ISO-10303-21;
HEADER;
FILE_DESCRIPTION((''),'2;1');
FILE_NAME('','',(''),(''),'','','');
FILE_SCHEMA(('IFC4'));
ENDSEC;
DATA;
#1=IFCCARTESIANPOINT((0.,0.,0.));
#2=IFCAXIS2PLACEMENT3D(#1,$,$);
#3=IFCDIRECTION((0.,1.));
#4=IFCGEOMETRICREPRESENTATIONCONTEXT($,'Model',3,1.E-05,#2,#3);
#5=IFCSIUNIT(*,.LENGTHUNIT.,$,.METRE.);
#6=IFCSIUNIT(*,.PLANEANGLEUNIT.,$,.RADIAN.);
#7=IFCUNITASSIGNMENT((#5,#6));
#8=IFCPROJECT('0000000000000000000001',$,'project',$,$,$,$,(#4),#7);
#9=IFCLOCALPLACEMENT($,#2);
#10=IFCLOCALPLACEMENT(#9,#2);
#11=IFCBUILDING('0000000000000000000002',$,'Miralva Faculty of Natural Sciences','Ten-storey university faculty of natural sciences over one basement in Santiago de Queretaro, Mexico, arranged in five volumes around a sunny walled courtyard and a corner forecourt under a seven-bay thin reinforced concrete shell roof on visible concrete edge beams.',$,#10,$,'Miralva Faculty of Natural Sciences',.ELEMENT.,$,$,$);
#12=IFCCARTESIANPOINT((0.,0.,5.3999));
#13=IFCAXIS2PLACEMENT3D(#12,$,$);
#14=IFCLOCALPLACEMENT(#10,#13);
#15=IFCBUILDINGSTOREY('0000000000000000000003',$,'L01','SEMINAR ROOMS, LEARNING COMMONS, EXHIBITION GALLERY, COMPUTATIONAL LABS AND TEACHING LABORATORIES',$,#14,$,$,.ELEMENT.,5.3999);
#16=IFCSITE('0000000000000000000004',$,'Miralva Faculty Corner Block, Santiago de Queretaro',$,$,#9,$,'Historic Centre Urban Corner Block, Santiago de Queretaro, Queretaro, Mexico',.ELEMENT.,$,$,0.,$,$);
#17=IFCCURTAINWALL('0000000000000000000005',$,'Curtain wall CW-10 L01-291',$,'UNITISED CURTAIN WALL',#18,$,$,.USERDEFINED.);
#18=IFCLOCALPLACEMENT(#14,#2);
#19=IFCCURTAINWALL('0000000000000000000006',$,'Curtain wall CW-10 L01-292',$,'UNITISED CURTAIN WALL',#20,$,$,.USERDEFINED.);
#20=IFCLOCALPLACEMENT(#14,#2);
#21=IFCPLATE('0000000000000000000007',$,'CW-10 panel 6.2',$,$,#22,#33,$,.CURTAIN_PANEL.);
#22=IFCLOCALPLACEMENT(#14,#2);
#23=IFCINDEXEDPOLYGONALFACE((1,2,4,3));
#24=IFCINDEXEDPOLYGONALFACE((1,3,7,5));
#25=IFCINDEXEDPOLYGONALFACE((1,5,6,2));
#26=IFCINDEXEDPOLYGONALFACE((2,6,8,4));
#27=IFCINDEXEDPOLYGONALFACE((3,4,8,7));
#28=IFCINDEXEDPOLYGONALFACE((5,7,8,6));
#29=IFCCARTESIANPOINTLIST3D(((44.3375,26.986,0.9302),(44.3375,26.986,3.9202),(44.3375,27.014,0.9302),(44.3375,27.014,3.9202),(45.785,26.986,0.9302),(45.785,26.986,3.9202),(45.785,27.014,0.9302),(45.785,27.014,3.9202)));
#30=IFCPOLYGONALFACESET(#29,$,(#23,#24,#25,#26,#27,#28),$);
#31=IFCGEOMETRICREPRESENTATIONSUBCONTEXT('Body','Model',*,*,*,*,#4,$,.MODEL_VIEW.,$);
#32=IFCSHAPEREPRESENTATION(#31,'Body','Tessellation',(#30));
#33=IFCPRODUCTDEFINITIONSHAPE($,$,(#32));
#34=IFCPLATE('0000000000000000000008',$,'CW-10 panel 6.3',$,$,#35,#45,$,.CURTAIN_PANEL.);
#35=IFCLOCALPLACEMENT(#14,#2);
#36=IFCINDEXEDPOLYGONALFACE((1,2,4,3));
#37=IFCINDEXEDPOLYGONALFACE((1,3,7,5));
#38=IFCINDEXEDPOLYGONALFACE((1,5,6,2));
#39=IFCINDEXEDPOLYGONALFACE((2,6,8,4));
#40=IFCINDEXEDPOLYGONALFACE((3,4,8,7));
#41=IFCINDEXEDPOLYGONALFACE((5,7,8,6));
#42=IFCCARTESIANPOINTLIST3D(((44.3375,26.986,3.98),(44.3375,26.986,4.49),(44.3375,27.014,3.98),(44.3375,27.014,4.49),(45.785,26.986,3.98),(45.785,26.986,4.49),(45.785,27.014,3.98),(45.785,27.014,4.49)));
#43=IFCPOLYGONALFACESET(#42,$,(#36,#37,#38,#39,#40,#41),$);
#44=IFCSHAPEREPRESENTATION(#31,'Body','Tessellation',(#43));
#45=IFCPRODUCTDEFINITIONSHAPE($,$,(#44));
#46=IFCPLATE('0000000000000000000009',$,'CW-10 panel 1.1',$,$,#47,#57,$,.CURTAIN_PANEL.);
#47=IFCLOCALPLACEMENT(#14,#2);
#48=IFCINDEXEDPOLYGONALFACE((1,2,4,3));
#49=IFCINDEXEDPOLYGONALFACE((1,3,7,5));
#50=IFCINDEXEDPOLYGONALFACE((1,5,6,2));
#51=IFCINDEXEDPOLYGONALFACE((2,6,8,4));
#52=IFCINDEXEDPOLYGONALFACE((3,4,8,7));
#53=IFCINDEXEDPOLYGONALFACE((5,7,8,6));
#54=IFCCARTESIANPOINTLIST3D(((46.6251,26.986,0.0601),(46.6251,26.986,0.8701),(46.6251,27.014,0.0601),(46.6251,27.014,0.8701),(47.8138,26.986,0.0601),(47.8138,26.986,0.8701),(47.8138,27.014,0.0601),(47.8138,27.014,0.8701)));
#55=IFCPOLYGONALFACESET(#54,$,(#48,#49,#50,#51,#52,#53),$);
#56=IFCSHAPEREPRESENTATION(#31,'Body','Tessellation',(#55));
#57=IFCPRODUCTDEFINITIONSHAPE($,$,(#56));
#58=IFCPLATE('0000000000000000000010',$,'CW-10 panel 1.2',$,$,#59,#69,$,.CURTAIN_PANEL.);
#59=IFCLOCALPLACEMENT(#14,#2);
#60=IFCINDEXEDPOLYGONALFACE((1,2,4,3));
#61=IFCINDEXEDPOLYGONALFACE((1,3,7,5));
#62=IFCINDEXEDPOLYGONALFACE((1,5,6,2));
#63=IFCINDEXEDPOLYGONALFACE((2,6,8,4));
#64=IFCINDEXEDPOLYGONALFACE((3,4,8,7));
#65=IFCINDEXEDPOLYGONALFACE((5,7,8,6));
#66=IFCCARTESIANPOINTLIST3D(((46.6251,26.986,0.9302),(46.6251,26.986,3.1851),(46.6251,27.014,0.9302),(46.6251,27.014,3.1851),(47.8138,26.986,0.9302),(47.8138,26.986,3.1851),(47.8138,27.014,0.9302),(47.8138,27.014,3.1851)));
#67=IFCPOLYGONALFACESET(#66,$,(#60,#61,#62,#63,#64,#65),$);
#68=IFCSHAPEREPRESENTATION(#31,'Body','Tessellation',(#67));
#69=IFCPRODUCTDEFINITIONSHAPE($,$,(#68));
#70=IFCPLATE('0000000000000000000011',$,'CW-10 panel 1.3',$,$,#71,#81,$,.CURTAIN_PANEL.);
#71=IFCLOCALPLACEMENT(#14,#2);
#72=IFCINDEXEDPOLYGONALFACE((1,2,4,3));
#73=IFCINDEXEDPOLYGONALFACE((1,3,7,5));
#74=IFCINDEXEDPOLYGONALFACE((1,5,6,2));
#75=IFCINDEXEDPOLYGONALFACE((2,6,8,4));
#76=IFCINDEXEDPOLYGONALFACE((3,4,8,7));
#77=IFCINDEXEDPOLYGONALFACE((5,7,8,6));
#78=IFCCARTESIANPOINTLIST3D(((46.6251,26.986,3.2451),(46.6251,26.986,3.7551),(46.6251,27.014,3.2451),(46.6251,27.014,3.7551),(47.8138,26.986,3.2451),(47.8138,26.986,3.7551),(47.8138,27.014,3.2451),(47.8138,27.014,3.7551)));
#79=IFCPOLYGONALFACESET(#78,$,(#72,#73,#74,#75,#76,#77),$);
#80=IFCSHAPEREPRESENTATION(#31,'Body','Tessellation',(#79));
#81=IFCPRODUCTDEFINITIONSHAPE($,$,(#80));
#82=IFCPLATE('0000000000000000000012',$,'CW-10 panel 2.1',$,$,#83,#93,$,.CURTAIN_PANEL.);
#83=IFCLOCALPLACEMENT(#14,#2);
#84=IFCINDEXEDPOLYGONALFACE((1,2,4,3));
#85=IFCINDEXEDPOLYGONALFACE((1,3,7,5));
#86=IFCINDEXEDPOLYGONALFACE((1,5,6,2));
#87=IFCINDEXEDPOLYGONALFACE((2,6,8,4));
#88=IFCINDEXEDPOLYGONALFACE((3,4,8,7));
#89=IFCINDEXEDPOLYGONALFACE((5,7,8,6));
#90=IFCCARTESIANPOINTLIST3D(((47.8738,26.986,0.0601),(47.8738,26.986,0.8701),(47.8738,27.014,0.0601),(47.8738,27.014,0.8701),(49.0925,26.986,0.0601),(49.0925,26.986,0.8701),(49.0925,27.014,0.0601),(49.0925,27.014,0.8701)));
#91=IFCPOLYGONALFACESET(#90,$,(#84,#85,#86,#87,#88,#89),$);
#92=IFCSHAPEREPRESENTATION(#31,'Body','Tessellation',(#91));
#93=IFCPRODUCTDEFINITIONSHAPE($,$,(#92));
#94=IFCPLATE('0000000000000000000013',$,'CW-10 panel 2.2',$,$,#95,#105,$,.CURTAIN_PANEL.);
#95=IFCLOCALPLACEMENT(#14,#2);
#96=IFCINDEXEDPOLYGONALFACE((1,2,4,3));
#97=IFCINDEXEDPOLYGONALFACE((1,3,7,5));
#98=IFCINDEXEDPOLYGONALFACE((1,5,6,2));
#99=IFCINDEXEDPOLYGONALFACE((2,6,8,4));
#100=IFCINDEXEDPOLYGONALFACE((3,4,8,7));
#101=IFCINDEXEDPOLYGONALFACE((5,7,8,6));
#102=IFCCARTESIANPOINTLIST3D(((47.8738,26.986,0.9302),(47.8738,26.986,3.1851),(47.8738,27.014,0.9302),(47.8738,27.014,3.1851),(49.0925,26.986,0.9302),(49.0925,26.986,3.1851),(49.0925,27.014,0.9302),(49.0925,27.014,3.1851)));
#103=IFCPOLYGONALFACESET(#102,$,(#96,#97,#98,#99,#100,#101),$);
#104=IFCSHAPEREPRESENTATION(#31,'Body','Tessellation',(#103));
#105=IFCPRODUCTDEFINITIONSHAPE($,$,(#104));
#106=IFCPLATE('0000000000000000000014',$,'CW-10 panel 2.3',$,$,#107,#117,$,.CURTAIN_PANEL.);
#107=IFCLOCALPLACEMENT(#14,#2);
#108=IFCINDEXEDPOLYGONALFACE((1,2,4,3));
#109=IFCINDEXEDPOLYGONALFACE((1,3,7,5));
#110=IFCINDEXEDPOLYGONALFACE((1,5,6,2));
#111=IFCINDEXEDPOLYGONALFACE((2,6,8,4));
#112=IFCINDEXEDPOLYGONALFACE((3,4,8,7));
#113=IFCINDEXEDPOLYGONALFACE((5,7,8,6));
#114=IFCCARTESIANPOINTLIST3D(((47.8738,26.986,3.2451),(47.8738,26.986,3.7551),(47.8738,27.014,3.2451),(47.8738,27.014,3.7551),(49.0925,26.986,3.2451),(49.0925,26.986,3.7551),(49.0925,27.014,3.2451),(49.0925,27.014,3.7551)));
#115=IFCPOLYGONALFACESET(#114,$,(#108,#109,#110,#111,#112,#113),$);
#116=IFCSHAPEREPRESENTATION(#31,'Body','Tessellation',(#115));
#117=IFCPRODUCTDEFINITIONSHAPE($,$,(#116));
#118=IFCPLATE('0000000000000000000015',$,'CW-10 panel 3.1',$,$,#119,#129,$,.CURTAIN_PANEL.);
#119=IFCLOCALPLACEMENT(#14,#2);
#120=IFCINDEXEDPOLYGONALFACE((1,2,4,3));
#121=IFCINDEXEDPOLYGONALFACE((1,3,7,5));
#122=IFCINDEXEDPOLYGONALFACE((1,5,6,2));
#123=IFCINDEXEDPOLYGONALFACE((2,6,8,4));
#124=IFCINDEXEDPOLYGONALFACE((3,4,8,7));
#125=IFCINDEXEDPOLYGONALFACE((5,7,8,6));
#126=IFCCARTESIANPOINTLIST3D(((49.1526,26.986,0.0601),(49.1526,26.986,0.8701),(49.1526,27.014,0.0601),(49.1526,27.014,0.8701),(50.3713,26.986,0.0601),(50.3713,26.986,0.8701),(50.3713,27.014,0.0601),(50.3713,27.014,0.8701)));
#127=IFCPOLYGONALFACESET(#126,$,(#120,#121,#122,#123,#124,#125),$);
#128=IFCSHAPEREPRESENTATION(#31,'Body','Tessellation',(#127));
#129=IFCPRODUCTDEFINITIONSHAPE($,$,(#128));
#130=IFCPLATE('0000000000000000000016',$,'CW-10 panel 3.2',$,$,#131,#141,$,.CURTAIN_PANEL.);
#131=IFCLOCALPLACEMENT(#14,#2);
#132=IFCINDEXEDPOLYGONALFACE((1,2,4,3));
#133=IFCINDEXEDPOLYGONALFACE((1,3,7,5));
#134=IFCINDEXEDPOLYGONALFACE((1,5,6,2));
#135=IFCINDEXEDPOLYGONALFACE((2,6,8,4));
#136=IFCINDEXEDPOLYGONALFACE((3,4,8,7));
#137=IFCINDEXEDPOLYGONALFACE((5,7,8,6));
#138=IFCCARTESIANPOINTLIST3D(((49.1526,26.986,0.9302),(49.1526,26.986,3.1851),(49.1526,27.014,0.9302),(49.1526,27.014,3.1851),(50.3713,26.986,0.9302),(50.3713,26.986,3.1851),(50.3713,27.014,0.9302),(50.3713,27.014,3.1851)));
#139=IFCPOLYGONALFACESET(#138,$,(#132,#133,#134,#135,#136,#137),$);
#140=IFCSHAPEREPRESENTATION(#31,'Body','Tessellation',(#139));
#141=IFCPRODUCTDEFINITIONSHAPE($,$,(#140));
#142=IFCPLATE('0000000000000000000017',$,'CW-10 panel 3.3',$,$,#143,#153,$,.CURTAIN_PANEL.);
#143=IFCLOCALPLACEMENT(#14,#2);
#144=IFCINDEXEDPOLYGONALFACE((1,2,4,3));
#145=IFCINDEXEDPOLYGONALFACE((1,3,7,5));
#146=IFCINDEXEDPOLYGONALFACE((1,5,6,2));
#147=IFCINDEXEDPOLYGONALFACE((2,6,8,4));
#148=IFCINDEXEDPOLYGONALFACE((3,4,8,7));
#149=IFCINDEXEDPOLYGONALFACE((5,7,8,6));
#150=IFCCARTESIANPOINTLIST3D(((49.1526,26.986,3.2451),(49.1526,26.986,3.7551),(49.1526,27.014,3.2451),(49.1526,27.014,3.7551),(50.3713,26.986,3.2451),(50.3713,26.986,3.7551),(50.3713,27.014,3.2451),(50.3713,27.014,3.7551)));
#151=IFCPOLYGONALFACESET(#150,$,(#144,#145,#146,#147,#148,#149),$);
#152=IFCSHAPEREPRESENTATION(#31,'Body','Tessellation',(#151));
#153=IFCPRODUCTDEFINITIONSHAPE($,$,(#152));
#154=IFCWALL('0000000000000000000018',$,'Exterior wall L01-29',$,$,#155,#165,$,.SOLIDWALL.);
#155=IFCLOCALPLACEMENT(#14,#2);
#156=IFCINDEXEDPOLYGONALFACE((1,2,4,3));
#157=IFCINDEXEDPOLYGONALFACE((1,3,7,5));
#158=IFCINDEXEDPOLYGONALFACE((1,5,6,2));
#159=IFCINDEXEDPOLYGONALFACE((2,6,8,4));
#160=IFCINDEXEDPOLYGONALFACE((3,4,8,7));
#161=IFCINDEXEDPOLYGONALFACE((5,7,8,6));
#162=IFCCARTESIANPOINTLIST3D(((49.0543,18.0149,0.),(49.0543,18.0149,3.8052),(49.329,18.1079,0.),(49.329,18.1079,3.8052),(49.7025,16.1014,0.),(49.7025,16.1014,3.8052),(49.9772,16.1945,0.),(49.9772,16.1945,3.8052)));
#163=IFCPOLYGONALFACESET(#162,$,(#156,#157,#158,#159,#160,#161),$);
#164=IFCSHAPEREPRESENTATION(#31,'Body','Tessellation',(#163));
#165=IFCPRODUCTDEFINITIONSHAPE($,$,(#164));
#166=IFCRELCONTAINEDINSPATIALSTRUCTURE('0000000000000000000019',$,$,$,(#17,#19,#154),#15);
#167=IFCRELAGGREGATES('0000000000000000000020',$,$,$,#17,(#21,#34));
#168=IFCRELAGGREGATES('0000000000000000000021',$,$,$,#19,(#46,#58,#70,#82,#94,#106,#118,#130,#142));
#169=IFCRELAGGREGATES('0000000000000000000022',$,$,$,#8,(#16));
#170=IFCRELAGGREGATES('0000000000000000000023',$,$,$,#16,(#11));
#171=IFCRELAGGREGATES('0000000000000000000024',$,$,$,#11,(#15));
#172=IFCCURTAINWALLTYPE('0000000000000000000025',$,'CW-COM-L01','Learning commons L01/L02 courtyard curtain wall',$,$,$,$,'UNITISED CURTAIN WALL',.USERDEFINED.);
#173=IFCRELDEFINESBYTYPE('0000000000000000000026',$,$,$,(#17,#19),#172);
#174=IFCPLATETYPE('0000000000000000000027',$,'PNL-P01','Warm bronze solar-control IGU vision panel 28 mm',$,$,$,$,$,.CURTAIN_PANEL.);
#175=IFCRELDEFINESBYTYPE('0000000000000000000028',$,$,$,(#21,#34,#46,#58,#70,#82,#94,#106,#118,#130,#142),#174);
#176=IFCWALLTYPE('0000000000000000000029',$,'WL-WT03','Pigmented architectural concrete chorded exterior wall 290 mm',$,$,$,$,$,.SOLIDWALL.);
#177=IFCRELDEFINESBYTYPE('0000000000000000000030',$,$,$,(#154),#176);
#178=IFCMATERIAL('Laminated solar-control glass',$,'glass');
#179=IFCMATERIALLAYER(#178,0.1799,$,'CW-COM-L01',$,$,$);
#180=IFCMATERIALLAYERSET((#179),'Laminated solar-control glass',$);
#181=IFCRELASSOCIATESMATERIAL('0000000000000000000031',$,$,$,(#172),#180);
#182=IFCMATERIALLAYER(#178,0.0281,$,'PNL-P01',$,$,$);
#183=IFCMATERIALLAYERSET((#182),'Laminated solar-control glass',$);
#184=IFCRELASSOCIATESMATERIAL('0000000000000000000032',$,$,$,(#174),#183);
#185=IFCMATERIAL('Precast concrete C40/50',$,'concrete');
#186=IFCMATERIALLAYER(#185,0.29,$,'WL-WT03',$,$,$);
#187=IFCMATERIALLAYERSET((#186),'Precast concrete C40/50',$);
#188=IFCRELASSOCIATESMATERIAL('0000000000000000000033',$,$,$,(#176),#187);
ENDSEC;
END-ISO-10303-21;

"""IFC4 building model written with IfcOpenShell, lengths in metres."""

from ifc_helpers import new_model, si_unit, direction, frame, frame_2d, origin, origin_2d, place, context, subcontext, project, spatial, rectangle, extrude, material, layer, layer_set, type_object, element, aggregate, save


model = new_model("IFC4")

# Units and contexts
model_context = context("Model", 3, precision=1e-05, world=origin(), true_north=direction((0.0, 1.0)))
body_context = subcontext(model_context, "Body", "Model", "MODEL_VIEW")
ifc_project = project(units=[si_unit("LENGTHUNIT", "METRE"), si_unit("PLANEANGLEUNIT", "RADIAN")], contexts=[model_context])

# Site, building, storey
site_placement = place(None, origin())
site = spatial("IfcSite", under=ifc_project, at=site_placement, Name="Miralva Faculty Corner Block, Santiago de Queretaro", LongName="Historic Centre Urban Corner Block, Santiago de Queretaro, Queretaro, Mexico", CompositionType="ELEMENT", RefElevation=0.0)
building_placement = place(site_placement, origin())
building = spatial("IfcBuilding", under=site, at=building_placement, Name="Miralva Faculty of Natural Sciences", Description="Ten-storey university faculty of natural sciences over one basement in Santiago de Queretaro, Mexico, arranged in five volumes around a sunny walled courtyard and a corner forecourt under a seven-bay thin reinforced concrete shell roof on visible concrete edge beams.", LongName="Miralva Faculty of Natural Sciences", CompositionType="ELEMENT")
storey_placement = place(building_placement, frame((0.0, 0.0, 5.3999)))
storey = spatial("IfcBuildingStorey", under=building, at=storey_placement, Name="L01", Description="SEMINAR ROOMS, LEARNING COMMONS, EXHIBITION GALLERY, COMPUTATIONAL LABS AND TEACHING LABORATORIES", CompositionType="ELEMENT", Elevation=5.3999)

# Curtain wall
ifc_material_1 = material(Name="Laminated solar-control glass", Category="glass")
ifc_layer_1 = layer(ifc_material_1, 0.1799, Name="CW-COM-L01")
ifc_layer_set_1 = layer_set([ifc_layer_1], Name="Laminated solar-control glass")
curtain_wall_type = type_object("IfcCurtainWallType", Name="CW-COM-L01", Description="Learning commons L01/L02 courtyard curtain wall", ElementType="UNITISED CURTAIN WALL", PredefinedType="USERDEFINED", material=ifc_layer_set_1)
curtain_wall_1_placement = place(storey_placement, origin())
curtain_wall_1 = element("IfcCurtainWall", 1, at=curtain_wall_1_placement, inside=storey, type_object=curtain_wall_type, Name="Curtain wall CW-10 L01-291", ObjectType="UNITISED CURTAIN WALL", PredefinedType="USERDEFINED")

# Curtain wall
curtain_wall_2_placement = place(storey_placement, origin())
curtain_wall_2 = element("IfcCurtainWall", 2, at=curtain_wall_2_placement, inside=storey, type_object=curtain_wall_type, Name="Curtain wall CW-10 L01-292", ObjectType="UNITISED CURTAIN WALL", PredefinedType="USERDEFINED")

# Plates
ifc_layer_2 = layer(ifc_material_1, 0.0281, Name="PNL-P01")
ifc_layer_set_2 = layer_set([ifc_layer_2], Name="Laminated solar-control glass")
plate_type = type_object("IfcPlateType", Name="PNL-P01", Description="Warm bronze solar-control IGU vision panel 28 mm", PredefinedType="CURTAIN_PANEL", material=ifc_layer_set_2)
plate_1_placement = place(storey_placement, frame((45.0613, 27.0, 0.9302), z_axis=(0.0, 0.0, 1.0), x_axis=(1.0, 0.0, 0.0)))
plate_1 = element("IfcPlate", 3, at=plate_1_placement, type_object=plate_type, Name="CW-10 panel 6.2", PredefinedType="CURTAIN_PANEL", context=body_context, shape_type="SweptSolid", body=[
    extrude(rectangle(XDim=1.4475, YDim=0.0281, at=origin_2d()), origin(), (0.0, 0.0, 1.0), 2.99),
])
plate_2_placement = place(storey_placement, frame((45.0613, 27.0, 3.98), z_axis=(0.0, 0.0, 1.0), x_axis=(1.0, 0.0, 0.0)))
plate_2 = element("IfcPlate", 4, at=plate_2_placement, type_object=plate_type, Name="CW-10 panel 6.3", PredefinedType="CURTAIN_PANEL", context=body_context, shape_type="SweptSolid", body=[
    extrude(rectangle(XDim=1.4475, YDim=0.0281, at=origin_2d()), origin(), (0.0, 0.0, 1.0), 0.51),
])
aggregate(curtain_wall_1, [plate_1, plate_2])
plate_3_placement = place(storey_placement, frame((47.2195, 27.0, 0.0601), z_axis=(0.0, 0.0, 1.0), x_axis=(1.0, 0.0, 0.0)))
plate_3 = element("IfcPlate", 5, at=plate_3_placement, type_object=plate_type, Name="CW-10 panel 1.1", PredefinedType="CURTAIN_PANEL", context=body_context, shape_type="SweptSolid", body=[
    extrude(rectangle(XDim=1.1887, YDim=0.0281, at=origin_2d()), origin(), (0.0, 0.0, 1.0), 0.8101),
])
plate_4_placement = place(storey_placement, frame((47.2195, 27.0, 0.9302), z_axis=(0.0, 0.0, 1.0), x_axis=(1.0, 0.0, 0.0)))
plate_4 = element("IfcPlate", 6, at=plate_4_placement, type_object=plate_type, Name="CW-10 panel 1.2", PredefinedType="CURTAIN_PANEL", context=body_context, shape_type="SweptSolid", body=[
    extrude(rectangle(XDim=1.1887, YDim=0.0281, at=origin_2d()), origin(), (0.0, 0.0, 1.0), 2.2549),
])
plate_5_placement = place(storey_placement, frame((47.2195, 27.0, 3.2451), z_axis=(0.0, 0.0, 1.0), x_axis=(1.0, 0.0, 0.0)))
plate_5 = element("IfcPlate", 7, at=plate_5_placement, type_object=plate_type, Name="CW-10 panel 1.3", PredefinedType="CURTAIN_PANEL", context=body_context, shape_type="SweptSolid", body=[
    extrude(rectangle(XDim=1.1887, YDim=0.0281, at=origin_2d()), origin(), (0.0, 0.0, 1.0), 0.51),
])
plate_6_placement = place(storey_placement, frame((48.4832, 27.0, 0.0601), z_axis=(0.0, 0.0, 1.0), x_axis=(1.0, 0.0, 0.0)))
plate_6 = element("IfcPlate", 8, at=plate_6_placement, type_object=plate_type, Name="CW-10 panel 2.1", PredefinedType="CURTAIN_PANEL", context=body_context, shape_type="SweptSolid", body=[
    extrude(rectangle(XDim=1.2188, YDim=0.0281, at=origin_2d()), origin(), (0.0, 0.0, 1.0), 0.8101),
])
plate_7_placement = place(storey_placement, frame((48.4832, 27.0, 0.9302), z_axis=(0.0, 0.0, 1.0), x_axis=(1.0, 0.0, 0.0)))
plate_7 = element("IfcPlate", 9, at=plate_7_placement, type_object=plate_type, Name="CW-10 panel 2.2", PredefinedType="CURTAIN_PANEL", context=body_context, shape_type="SweptSolid", body=[
    extrude(rectangle(XDim=1.2188, YDim=0.0281, at=origin_2d()), origin(), (0.0, 0.0, 1.0), 2.2549),
])
plate_8_placement = place(storey_placement, frame((48.4832, 27.0, 3.2451), z_axis=(0.0, 0.0, 1.0), x_axis=(1.0, 0.0, 0.0)))
plate_8 = element("IfcPlate", 10, at=plate_8_placement, type_object=plate_type, Name="CW-10 panel 2.3", PredefinedType="CURTAIN_PANEL", context=body_context, shape_type="SweptSolid", body=[
    extrude(rectangle(XDim=1.2188, YDim=0.0281, at=origin_2d()), origin(), (0.0, 0.0, 1.0), 0.51),
])
plate_9_placement = place(storey_placement, frame((49.762, 27.0, 0.0601), z_axis=(0.0, 0.0, 1.0), x_axis=(1.0, 0.0, 0.0)))
plate_9 = element("IfcPlate", 11, at=plate_9_placement, type_object=plate_type, Name="CW-10 panel 3.1", PredefinedType="CURTAIN_PANEL", context=body_context, shape_type="SweptSolid", body=[
    extrude(rectangle(XDim=1.2188, YDim=0.0281, at=origin_2d()), origin(), (0.0, 0.0, 1.0), 0.8101),
])
plate_10_placement = place(storey_placement, frame((49.762, 27.0, 0.9302), z_axis=(0.0, 0.0, 1.0), x_axis=(1.0, 0.0, 0.0)))
plate_10 = element("IfcPlate", 12, at=plate_10_placement, type_object=plate_type, Name="CW-10 panel 3.2", PredefinedType="CURTAIN_PANEL", context=body_context, shape_type="SweptSolid", body=[
    extrude(rectangle(XDim=1.2188, YDim=0.0281, at=origin_2d()), origin(), (0.0, 0.0, 1.0), 2.2549),
])
plate_11_placement = place(storey_placement, frame((49.762, 27.0, 3.2451), z_axis=(0.0, 0.0, 1.0), x_axis=(1.0, 0.0, 0.0)))
plate_11 = element("IfcPlate", 13, at=plate_11_placement, type_object=plate_type, Name="CW-10 panel 3.3", PredefinedType="CURTAIN_PANEL", context=body_context, shape_type="SweptSolid", body=[
    extrude(rectangle(XDim=1.2188, YDim=0.0281, at=origin_2d()), origin(), (0.0, 0.0, 1.0), 0.51),
])
aggregate(curtain_wall_2, [plate_3, plate_4, plate_5, plate_6, plate_7, plate_8, plate_9, plate_10, plate_11])

# Wall
ifc_material_2 = material(Name="Precast concrete C40/50", Category="concrete")
ifc_layer_3 = layer(ifc_material_2, 0.29, Name="WL-WT03")
ifc_layer_set_3 = layer_set([ifc_layer_3], Name="Precast concrete C40/50")
wall_type = type_object("IfcWallType", Name="WL-WT03", Description="Pigmented architectural concrete chorded exterior wall 290 mm", PredefinedType="SOLIDWALL", material=ifc_layer_set_3)
wall_placement = place(storey_placement, frame((49.1917, 18.0615, 0.0), z_axis=(0.0, 0.0, 1.0), x_axis=(0.320828, -0.947137, 0.0)))
element("IfcWall", 14, at=wall_placement, inside=storey, type_object=wall_type, Name="Exterior wall L01-29", PredefinedType="SOLIDWALL", context=body_context, shape_type="SweptSolid", body=[
    extrude(rectangle(XDim=2.0203, YDim=0.29, at=frame_2d((1.0103, 0.0))), origin(), (0.0, 0.0, 1.0), 3.8052),
])

save(model, "model.ifc")
